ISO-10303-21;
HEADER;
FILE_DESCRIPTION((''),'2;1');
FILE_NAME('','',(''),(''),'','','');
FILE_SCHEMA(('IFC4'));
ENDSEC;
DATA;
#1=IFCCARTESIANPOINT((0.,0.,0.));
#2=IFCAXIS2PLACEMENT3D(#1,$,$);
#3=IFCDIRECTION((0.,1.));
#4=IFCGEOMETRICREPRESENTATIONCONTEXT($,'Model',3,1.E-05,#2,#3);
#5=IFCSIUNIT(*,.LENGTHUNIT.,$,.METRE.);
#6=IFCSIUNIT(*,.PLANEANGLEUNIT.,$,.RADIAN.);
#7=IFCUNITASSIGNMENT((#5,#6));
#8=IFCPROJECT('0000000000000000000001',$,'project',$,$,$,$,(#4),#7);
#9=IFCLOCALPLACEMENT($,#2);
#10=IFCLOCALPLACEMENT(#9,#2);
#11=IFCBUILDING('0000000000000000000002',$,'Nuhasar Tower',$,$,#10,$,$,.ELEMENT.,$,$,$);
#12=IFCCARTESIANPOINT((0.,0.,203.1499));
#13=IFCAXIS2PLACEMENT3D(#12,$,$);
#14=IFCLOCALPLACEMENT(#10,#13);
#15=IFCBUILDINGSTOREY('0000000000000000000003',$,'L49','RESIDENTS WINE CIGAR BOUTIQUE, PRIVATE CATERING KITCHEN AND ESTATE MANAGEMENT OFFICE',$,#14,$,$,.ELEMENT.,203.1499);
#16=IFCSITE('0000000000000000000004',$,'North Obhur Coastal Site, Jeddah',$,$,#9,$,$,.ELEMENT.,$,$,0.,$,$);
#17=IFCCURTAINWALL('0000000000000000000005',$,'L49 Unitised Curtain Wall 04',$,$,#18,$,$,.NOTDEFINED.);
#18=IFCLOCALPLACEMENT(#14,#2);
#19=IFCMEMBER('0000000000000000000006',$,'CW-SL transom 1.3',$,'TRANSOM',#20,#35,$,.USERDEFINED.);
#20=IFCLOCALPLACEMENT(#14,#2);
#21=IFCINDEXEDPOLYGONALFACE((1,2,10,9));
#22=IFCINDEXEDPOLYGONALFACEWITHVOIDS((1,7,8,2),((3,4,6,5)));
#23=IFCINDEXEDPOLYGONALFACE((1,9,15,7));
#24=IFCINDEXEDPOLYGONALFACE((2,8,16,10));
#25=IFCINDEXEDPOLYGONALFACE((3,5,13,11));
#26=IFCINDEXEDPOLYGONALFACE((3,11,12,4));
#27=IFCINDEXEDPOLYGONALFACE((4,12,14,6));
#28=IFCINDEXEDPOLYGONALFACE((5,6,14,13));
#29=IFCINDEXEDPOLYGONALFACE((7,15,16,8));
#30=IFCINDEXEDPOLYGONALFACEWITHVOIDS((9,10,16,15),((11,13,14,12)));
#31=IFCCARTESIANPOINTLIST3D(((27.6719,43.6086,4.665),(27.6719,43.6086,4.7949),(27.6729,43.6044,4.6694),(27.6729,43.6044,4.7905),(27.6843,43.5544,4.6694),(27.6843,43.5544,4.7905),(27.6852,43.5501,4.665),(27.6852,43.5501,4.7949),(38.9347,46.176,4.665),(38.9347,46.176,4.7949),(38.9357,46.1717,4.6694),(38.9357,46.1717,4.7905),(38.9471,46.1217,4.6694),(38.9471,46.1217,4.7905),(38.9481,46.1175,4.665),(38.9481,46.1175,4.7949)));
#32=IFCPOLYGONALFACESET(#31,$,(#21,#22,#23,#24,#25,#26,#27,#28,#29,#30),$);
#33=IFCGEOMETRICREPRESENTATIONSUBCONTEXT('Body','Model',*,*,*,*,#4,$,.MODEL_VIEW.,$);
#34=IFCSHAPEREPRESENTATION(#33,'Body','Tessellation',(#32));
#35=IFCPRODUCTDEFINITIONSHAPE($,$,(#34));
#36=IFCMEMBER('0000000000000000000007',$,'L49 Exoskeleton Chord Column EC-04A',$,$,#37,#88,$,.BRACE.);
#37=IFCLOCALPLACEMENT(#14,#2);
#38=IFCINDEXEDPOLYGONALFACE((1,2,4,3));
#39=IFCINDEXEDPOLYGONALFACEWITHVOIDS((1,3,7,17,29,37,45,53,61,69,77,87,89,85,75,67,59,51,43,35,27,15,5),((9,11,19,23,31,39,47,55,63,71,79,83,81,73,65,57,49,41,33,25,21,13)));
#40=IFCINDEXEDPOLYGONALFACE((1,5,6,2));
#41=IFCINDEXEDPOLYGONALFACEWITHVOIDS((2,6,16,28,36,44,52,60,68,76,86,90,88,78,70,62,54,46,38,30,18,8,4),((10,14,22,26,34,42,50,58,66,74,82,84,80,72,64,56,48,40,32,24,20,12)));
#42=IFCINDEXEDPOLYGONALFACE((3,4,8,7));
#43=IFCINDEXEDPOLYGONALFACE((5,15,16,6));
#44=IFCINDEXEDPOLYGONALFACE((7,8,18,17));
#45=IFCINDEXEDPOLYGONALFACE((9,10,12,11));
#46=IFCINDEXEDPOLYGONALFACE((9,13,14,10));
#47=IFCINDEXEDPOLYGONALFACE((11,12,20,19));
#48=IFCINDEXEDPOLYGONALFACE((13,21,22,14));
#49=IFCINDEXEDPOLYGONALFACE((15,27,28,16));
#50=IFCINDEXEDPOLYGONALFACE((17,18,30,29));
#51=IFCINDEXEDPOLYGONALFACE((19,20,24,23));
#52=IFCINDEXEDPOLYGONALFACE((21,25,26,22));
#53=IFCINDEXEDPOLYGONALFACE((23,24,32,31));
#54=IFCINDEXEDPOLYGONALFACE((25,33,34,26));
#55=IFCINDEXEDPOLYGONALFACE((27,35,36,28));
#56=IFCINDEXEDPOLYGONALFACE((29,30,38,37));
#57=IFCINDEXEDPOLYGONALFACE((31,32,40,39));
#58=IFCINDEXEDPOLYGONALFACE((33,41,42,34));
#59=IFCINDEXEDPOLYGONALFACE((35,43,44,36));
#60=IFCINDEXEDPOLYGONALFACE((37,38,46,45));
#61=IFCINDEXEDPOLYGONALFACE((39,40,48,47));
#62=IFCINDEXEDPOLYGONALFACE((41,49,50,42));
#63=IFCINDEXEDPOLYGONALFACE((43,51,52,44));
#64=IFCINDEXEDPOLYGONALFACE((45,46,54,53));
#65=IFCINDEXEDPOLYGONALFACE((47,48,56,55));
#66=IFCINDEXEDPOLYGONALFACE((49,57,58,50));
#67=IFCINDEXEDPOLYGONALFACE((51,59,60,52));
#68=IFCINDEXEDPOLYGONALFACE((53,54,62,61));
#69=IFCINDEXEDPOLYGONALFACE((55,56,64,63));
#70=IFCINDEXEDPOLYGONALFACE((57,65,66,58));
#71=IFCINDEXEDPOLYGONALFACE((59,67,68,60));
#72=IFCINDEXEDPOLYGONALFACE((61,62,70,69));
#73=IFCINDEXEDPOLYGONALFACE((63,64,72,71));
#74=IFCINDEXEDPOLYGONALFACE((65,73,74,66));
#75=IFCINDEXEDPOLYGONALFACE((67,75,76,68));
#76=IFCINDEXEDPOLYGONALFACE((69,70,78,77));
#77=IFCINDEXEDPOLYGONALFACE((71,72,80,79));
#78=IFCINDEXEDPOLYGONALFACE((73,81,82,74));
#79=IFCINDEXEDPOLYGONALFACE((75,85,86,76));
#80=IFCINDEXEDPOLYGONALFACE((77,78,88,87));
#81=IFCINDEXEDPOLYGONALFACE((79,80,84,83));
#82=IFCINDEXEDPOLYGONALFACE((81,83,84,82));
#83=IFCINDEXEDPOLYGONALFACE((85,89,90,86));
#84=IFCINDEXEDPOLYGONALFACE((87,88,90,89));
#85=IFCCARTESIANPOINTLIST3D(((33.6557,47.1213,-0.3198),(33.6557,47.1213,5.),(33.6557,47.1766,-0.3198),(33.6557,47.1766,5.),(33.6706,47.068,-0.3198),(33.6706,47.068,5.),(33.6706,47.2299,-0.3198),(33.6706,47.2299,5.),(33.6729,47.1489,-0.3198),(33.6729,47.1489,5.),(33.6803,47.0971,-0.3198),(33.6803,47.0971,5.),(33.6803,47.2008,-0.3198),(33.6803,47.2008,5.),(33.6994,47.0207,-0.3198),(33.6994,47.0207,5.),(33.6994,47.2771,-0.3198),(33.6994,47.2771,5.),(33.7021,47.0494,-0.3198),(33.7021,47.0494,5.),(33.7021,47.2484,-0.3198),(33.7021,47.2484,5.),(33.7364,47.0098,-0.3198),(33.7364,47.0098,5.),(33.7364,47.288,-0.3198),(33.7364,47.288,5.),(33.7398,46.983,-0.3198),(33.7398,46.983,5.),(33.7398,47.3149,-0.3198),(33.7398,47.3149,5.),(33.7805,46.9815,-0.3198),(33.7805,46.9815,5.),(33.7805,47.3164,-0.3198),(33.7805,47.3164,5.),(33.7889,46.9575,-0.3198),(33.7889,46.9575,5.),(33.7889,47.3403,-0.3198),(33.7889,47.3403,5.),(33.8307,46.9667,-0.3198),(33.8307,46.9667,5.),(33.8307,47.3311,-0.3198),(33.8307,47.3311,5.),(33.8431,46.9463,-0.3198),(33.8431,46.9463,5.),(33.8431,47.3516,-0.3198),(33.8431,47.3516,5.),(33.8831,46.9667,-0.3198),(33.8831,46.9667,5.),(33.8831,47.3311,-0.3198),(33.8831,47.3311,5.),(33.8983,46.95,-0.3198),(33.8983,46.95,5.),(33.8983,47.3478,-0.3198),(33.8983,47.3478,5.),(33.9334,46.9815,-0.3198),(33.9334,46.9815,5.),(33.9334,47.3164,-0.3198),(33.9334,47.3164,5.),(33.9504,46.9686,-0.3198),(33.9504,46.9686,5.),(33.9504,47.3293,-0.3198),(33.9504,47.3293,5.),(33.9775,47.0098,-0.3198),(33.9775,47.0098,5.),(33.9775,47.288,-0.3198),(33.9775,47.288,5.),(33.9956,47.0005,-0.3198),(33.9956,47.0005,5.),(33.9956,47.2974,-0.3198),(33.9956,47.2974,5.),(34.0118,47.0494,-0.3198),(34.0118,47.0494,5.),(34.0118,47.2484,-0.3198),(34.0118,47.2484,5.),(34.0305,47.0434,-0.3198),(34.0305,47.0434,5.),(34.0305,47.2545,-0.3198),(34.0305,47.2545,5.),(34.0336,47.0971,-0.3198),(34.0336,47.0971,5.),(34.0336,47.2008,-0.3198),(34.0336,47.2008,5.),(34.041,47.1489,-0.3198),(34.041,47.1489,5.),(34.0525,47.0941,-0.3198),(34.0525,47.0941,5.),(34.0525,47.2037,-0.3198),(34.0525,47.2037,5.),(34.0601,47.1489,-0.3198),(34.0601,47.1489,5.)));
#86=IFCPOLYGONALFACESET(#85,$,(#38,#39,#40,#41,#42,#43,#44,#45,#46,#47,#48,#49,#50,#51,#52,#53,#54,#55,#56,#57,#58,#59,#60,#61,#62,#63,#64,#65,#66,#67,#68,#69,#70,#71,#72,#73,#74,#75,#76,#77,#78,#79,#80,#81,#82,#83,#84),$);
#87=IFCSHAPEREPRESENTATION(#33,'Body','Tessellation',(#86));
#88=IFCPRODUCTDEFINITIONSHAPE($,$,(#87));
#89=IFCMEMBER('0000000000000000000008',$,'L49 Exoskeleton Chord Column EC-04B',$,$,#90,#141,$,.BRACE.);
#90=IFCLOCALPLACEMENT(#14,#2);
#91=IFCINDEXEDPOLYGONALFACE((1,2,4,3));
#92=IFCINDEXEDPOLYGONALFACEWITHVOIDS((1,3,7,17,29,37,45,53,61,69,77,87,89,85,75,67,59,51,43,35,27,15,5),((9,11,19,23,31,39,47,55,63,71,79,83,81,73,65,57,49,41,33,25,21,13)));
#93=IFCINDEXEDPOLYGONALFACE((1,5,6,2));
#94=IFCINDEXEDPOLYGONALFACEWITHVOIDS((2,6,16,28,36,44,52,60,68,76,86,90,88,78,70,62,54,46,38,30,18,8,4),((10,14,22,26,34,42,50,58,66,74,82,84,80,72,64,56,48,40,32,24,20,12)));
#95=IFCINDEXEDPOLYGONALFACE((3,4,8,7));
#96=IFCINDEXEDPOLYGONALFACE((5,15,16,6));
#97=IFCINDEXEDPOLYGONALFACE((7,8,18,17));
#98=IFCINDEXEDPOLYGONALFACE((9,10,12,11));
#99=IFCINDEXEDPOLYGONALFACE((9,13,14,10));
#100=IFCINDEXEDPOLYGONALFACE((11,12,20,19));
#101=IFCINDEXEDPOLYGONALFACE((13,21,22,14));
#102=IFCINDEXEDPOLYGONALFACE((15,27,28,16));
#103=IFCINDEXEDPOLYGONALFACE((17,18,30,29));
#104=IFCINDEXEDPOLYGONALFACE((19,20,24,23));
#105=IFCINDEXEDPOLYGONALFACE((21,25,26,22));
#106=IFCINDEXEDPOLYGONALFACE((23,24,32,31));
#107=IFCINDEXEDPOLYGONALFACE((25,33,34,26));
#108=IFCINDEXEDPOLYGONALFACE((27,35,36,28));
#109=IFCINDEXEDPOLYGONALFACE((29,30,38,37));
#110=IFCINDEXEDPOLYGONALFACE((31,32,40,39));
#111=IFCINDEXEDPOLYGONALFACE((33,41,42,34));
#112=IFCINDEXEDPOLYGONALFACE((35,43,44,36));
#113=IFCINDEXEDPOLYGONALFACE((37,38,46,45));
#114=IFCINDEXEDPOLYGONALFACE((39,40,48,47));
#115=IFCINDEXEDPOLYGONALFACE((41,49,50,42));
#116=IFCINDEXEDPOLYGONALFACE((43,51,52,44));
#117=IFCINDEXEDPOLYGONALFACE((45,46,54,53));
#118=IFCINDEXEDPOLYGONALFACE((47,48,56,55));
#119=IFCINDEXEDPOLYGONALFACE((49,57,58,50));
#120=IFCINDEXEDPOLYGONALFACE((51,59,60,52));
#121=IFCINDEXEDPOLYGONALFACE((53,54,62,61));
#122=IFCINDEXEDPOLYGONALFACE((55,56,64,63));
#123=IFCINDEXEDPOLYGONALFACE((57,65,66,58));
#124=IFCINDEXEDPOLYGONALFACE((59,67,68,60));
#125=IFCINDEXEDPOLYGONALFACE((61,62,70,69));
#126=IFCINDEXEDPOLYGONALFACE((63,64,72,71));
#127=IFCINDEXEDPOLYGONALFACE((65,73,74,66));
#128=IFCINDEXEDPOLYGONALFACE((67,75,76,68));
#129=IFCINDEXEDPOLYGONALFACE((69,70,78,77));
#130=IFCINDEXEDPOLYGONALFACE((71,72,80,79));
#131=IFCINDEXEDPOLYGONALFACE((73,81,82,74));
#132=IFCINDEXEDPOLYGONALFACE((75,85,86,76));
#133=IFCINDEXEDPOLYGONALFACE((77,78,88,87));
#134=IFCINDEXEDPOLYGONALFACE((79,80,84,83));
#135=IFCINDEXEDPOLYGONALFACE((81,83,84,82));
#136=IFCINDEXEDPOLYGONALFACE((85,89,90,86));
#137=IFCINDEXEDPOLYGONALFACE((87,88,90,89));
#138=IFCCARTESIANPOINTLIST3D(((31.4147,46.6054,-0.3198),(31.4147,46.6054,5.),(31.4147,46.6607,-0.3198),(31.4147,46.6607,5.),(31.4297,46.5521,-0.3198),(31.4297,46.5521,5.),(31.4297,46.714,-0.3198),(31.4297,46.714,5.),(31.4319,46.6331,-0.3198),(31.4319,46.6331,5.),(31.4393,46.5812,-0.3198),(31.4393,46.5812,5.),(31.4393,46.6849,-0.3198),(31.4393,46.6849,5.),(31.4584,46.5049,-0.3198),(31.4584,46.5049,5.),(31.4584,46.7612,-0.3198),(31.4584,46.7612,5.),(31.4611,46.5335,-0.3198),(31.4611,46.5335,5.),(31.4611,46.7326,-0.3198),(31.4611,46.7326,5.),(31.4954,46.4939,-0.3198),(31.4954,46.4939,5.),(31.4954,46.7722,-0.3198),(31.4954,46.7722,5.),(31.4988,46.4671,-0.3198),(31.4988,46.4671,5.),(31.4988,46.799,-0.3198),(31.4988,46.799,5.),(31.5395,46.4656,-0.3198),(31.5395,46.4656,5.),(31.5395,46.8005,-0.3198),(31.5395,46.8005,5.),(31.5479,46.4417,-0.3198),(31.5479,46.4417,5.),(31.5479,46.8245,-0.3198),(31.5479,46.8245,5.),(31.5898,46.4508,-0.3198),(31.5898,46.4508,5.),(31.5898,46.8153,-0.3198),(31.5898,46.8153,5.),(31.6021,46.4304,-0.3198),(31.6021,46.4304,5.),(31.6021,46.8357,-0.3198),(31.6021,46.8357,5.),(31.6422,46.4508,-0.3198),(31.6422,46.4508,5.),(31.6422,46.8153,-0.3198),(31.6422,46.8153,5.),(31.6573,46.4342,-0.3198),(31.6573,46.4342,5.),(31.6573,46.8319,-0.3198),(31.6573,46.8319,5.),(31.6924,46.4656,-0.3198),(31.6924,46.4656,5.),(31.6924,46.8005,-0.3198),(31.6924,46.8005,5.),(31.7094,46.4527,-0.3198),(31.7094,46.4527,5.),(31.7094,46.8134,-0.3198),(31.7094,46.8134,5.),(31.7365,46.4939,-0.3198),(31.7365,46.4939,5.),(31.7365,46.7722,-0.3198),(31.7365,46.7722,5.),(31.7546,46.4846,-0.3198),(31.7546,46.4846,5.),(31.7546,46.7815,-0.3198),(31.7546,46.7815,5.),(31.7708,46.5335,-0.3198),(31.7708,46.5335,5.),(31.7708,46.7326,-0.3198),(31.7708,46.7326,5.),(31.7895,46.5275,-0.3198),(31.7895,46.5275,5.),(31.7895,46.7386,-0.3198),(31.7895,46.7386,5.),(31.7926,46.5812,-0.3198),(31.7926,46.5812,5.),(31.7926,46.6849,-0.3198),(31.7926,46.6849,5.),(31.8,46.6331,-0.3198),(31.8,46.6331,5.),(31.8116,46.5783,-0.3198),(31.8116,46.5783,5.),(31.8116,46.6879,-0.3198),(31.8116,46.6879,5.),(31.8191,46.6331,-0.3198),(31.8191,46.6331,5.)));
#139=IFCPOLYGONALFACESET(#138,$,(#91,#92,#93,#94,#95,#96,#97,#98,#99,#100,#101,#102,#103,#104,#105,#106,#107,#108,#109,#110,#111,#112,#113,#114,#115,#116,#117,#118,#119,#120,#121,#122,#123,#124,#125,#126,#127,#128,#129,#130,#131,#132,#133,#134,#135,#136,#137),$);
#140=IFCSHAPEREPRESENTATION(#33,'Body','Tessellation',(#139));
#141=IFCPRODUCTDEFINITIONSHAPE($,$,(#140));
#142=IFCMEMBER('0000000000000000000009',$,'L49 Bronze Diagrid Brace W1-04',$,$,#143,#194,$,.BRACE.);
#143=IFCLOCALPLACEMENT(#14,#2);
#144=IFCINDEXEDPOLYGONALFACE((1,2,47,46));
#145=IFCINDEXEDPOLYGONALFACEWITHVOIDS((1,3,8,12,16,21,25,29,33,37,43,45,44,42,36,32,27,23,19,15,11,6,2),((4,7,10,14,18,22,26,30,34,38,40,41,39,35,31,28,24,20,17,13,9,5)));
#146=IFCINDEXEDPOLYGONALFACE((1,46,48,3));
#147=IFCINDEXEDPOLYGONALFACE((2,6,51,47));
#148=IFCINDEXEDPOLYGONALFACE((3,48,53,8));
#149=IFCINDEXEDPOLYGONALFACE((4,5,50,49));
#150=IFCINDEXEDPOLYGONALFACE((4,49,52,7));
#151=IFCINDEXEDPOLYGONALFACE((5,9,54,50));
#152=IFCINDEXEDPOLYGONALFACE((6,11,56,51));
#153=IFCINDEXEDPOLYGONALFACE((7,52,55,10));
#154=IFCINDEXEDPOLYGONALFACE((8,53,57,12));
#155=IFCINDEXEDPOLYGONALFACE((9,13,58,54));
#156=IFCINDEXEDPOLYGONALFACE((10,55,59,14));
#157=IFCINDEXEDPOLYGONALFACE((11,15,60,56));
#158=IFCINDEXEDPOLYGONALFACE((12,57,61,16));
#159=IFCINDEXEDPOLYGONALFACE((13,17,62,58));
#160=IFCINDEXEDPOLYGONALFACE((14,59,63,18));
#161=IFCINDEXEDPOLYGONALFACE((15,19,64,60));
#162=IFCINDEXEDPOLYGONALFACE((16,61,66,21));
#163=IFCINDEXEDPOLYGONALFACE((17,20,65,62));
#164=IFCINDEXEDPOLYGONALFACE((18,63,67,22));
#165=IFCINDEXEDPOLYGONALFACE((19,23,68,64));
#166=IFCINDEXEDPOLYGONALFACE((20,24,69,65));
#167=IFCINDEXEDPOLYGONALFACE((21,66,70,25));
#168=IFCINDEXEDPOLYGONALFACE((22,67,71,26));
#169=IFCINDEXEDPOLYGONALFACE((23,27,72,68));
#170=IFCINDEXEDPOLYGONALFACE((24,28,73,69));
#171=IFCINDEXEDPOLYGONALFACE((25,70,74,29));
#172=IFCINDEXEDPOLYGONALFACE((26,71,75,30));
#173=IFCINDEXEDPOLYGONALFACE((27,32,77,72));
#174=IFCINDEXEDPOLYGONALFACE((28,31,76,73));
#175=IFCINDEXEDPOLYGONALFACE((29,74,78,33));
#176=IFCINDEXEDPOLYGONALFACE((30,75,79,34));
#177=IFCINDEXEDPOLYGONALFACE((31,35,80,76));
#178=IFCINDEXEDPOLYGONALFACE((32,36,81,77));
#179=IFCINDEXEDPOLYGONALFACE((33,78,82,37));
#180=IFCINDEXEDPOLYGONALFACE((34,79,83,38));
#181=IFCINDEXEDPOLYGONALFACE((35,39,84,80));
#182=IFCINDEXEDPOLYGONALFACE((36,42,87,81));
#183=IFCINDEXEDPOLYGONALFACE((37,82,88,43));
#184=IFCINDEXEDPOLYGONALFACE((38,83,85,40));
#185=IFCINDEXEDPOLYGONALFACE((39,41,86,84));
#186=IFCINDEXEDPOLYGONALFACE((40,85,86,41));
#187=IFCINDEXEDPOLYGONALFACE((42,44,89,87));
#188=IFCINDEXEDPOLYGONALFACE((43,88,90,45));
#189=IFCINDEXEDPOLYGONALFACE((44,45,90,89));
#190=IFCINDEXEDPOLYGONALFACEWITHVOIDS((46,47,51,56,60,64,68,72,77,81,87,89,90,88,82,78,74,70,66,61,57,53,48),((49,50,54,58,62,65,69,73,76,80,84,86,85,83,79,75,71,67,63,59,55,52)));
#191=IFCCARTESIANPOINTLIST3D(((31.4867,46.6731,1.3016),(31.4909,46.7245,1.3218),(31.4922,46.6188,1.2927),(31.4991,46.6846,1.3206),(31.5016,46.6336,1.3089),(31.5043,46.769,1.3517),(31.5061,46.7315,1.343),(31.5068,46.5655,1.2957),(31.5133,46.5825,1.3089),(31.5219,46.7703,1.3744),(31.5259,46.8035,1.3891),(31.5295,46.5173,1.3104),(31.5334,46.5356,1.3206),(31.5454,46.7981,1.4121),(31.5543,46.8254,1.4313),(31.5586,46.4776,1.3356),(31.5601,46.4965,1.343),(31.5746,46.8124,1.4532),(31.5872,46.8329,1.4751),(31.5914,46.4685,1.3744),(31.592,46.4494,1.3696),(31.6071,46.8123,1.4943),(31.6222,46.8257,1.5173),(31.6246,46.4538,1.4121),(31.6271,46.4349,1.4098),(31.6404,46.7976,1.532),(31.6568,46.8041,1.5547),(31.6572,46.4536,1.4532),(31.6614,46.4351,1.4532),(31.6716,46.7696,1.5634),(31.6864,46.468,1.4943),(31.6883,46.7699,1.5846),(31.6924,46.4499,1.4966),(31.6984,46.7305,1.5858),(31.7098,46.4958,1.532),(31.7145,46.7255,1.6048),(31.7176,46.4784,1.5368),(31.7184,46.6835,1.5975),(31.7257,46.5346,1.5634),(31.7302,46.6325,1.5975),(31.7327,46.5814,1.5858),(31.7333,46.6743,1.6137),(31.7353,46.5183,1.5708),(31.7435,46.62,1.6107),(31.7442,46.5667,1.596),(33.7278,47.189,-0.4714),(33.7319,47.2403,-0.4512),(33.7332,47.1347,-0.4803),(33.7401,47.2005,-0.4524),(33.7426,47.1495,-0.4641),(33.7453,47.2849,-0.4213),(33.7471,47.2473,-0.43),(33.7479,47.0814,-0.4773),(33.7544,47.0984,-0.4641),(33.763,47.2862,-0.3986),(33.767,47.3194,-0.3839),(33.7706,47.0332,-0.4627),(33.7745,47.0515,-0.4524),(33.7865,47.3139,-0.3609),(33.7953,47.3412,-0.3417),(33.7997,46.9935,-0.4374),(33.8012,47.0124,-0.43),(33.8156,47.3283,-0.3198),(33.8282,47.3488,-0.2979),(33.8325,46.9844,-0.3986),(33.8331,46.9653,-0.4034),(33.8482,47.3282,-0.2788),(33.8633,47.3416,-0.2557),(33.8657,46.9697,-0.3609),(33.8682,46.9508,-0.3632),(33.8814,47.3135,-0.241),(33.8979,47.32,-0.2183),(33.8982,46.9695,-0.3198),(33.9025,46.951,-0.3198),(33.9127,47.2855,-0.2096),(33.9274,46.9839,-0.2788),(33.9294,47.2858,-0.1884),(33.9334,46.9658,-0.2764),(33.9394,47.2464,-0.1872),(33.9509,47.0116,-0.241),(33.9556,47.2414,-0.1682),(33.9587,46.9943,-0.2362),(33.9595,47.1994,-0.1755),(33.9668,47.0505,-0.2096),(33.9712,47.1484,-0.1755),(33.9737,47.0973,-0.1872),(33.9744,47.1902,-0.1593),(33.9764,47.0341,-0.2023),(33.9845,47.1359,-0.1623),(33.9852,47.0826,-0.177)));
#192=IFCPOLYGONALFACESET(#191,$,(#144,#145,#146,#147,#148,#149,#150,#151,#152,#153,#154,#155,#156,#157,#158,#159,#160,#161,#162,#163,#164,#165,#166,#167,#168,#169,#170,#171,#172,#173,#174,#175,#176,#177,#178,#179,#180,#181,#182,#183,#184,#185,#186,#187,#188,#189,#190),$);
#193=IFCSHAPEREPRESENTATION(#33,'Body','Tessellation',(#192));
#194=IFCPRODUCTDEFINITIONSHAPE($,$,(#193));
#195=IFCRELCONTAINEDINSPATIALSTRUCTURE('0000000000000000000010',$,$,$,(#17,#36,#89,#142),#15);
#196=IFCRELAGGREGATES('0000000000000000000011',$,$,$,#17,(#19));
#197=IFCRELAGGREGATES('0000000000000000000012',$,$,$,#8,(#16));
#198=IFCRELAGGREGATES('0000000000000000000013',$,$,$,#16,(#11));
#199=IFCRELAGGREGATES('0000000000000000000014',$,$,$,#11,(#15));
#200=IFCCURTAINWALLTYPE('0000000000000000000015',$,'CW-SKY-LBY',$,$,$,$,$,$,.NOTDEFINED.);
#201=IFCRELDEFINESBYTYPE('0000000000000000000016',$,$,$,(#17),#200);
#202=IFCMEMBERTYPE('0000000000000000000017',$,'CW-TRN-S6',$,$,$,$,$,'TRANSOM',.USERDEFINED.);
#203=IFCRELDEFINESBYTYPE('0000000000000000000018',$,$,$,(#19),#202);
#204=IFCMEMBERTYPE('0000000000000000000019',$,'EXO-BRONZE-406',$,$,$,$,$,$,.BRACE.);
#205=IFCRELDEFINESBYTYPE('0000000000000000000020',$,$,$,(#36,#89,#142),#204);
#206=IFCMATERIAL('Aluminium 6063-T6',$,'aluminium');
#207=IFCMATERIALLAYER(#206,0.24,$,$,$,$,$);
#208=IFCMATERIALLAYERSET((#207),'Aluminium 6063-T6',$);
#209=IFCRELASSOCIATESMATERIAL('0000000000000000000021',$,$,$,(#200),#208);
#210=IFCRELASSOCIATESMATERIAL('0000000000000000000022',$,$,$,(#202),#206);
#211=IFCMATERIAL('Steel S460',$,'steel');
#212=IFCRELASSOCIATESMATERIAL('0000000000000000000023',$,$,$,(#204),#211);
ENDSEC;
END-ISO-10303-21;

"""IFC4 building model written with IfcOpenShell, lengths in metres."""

from ifc_helpers import new_model, si_unit, direction, frame, origin, origin_2d, place, context, subcontext, project, spatial, hollow_rectangle, hollow_circle, extrude, material, layer, layer_set, material_profile, profile_set, type_object, element, aggregate, save


model = new_model("IFC4")

# Units and contexts
model_context = context("Model", 3, precision=1e-05, world=origin(), true_north=direction((0.0, 1.0)))
body_context = subcontext(model_context, "Body", "Model", "MODEL_VIEW")
ifc_project = project(units=[si_unit("LENGTHUNIT", "METRE"), si_unit("PLANEANGLEUNIT", "RADIAN")], contexts=[model_context])

# Site, building, storey
site_placement = place(None, origin())
site = spatial("IfcSite", under=ifc_project, at=site_placement, Name="North Obhur Coastal Site, Jeddah", CompositionType="ELEMENT", RefElevation=0.0)
building_placement = place(site_placement, origin())
building = spatial("IfcBuilding", under=site, at=building_placement, Name="Nuhasar Tower", CompositionType="ELEMENT")
storey_placement = place(building_placement, frame((0.0, 0.0, 203.1499)))
storey = spatial("IfcBuildingStorey", under=building, at=storey_placement, Name="L49", Description="RESIDENTS WINE CIGAR BOUTIQUE, PRIVATE CATERING KITCHEN AND ESTATE MANAGEMENT OFFICE", CompositionType="ELEMENT", Elevation=203.1499)

# Shared definitions
ifc_material_1 = material(Name="Steel S460", Category="steel")

# Curtain wall, member
ifc_material_2 = material(Name="Aluminium 6063-T6", Category="aluminium")
ifc_layer_1 = layer(ifc_material_2, 0.24)
ifc_layer_set_1 = layer_set([ifc_layer_1], Name="Aluminium 6063-T6")
curtain_wall_type = type_object("IfcCurtainWallType", Name="CW-SKY-LBY", PredefinedType="NOTDEFINED", material=ifc_layer_set_1)
curtain_wall_placement = place(storey_placement, origin())
curtain_wall = element("IfcCurtainWall", 1, at=curtain_wall_placement, inside=storey, type_object=curtain_wall_type, Name="L49 Unitised Curtain Wall 04", PredefinedType="NOTDEFINED")
ifc_material_profile_1 = material_profile(ifc_material_2, hollow_rectangle(XDim=0.0601, YDim=0.1299, WallThickness=0.0044, at=origin_2d()), Name="CWT-6")
ifc_profile_set_1 = profile_set([ifc_material_profile_1], Name="Aluminium 6063-T6")
member_type_1 = type_object("IfcMemberType", Name="CW-TRN-S6", ElementType="TRANSOM", PredefinedType="USERDEFINED", material=ifc_profile_set_1)
member_1_placement = place(storey_placement, frame((38.9414, 46.1467, 4.73), z_axis=(-0.97499, -0.222249, 0.0), x_axis=(0.222249, -0.97499, 0.0)))
member_1 = element("IfcMember", 2, at=member_1_placement, type_object=member_type_1, Name="CW-SL transom 1.3", ObjectType="TRANSOM", PredefinedType="USERDEFINED", context=body_context, shape_type="SweptSolid", body=[
    extrude(hollow_rectangle(XDim=0.0601, YDim=0.1299, WallThickness=0.0044, at=origin_2d()), origin(), (0.0, 0.0, 1.0), 11.5518),
])

# Members
ifc_material_profile_2 = material_profile(ifc_material_1, hollow_circle(Radius=0.2031, WallThickness=0.019, at=origin_2d()), Name="HSS406.4X19.1")
ifc_profile_set_2 = profile_set([ifc_material_profile_2], Name="Steel S460")
member_type_2 = type_object("IfcMemberType", Name="EXO-BRONZE-406", PredefinedType="BRACE", material=ifc_profile_set_2)
for number, where, z_axis, x_axis, name in (
    (3, (33.8569, 47.1489, -0.3198), (0.0, 0.0, 1.0), (1.0, 0.0, 0.0), "L49 Exoskeleton Chord Column EC-04A"),
    (4, (31.616, 46.6331, -0.3198), (0.0, 0.0, 1.0), (1.0, 0.0, 0.0), "L49 Exoskeleton Chord Column EC-04B"),
):
    element("IfcMember", number, at=place(storey_placement, frame(where, z_axis=z_axis, x_axis=x_axis)), inside=storey, type_object=member_type_2, Name=name, PredefinedType="BRACE", context=body_context, shape_type="SweptSolid", body=[
        extrude(hollow_circle(Radius=0.2031, WallThickness=0.019, at=origin_2d()), origin(), (0.0, 0.0, 1.0), 5.3198),
    ])
member_2_placement = place(storey_placement, frame((33.8569, 47.1489, -0.3198), z_axis=(-0.771766, -0.17766, 0.610585), x_axis=(0.224332, -0.974513, 0.0)))
element("IfcMember", 5, at=member_2_placement, inside=storey, type_object=member_type_2, Name="L49 Bronze Diagrid Brace W1-04", PredefinedType="BRACE", context=body_context, shape_type="SweptSolid", body=[
    extrude(hollow_circle(Radius=0.2031, WallThickness=0.019, at=origin_2d()), origin(), (0.0, 0.0, 1.0), 2.9038),
])

aggregate(curtain_wall, [member_1])

save(model, "model.ifc")
